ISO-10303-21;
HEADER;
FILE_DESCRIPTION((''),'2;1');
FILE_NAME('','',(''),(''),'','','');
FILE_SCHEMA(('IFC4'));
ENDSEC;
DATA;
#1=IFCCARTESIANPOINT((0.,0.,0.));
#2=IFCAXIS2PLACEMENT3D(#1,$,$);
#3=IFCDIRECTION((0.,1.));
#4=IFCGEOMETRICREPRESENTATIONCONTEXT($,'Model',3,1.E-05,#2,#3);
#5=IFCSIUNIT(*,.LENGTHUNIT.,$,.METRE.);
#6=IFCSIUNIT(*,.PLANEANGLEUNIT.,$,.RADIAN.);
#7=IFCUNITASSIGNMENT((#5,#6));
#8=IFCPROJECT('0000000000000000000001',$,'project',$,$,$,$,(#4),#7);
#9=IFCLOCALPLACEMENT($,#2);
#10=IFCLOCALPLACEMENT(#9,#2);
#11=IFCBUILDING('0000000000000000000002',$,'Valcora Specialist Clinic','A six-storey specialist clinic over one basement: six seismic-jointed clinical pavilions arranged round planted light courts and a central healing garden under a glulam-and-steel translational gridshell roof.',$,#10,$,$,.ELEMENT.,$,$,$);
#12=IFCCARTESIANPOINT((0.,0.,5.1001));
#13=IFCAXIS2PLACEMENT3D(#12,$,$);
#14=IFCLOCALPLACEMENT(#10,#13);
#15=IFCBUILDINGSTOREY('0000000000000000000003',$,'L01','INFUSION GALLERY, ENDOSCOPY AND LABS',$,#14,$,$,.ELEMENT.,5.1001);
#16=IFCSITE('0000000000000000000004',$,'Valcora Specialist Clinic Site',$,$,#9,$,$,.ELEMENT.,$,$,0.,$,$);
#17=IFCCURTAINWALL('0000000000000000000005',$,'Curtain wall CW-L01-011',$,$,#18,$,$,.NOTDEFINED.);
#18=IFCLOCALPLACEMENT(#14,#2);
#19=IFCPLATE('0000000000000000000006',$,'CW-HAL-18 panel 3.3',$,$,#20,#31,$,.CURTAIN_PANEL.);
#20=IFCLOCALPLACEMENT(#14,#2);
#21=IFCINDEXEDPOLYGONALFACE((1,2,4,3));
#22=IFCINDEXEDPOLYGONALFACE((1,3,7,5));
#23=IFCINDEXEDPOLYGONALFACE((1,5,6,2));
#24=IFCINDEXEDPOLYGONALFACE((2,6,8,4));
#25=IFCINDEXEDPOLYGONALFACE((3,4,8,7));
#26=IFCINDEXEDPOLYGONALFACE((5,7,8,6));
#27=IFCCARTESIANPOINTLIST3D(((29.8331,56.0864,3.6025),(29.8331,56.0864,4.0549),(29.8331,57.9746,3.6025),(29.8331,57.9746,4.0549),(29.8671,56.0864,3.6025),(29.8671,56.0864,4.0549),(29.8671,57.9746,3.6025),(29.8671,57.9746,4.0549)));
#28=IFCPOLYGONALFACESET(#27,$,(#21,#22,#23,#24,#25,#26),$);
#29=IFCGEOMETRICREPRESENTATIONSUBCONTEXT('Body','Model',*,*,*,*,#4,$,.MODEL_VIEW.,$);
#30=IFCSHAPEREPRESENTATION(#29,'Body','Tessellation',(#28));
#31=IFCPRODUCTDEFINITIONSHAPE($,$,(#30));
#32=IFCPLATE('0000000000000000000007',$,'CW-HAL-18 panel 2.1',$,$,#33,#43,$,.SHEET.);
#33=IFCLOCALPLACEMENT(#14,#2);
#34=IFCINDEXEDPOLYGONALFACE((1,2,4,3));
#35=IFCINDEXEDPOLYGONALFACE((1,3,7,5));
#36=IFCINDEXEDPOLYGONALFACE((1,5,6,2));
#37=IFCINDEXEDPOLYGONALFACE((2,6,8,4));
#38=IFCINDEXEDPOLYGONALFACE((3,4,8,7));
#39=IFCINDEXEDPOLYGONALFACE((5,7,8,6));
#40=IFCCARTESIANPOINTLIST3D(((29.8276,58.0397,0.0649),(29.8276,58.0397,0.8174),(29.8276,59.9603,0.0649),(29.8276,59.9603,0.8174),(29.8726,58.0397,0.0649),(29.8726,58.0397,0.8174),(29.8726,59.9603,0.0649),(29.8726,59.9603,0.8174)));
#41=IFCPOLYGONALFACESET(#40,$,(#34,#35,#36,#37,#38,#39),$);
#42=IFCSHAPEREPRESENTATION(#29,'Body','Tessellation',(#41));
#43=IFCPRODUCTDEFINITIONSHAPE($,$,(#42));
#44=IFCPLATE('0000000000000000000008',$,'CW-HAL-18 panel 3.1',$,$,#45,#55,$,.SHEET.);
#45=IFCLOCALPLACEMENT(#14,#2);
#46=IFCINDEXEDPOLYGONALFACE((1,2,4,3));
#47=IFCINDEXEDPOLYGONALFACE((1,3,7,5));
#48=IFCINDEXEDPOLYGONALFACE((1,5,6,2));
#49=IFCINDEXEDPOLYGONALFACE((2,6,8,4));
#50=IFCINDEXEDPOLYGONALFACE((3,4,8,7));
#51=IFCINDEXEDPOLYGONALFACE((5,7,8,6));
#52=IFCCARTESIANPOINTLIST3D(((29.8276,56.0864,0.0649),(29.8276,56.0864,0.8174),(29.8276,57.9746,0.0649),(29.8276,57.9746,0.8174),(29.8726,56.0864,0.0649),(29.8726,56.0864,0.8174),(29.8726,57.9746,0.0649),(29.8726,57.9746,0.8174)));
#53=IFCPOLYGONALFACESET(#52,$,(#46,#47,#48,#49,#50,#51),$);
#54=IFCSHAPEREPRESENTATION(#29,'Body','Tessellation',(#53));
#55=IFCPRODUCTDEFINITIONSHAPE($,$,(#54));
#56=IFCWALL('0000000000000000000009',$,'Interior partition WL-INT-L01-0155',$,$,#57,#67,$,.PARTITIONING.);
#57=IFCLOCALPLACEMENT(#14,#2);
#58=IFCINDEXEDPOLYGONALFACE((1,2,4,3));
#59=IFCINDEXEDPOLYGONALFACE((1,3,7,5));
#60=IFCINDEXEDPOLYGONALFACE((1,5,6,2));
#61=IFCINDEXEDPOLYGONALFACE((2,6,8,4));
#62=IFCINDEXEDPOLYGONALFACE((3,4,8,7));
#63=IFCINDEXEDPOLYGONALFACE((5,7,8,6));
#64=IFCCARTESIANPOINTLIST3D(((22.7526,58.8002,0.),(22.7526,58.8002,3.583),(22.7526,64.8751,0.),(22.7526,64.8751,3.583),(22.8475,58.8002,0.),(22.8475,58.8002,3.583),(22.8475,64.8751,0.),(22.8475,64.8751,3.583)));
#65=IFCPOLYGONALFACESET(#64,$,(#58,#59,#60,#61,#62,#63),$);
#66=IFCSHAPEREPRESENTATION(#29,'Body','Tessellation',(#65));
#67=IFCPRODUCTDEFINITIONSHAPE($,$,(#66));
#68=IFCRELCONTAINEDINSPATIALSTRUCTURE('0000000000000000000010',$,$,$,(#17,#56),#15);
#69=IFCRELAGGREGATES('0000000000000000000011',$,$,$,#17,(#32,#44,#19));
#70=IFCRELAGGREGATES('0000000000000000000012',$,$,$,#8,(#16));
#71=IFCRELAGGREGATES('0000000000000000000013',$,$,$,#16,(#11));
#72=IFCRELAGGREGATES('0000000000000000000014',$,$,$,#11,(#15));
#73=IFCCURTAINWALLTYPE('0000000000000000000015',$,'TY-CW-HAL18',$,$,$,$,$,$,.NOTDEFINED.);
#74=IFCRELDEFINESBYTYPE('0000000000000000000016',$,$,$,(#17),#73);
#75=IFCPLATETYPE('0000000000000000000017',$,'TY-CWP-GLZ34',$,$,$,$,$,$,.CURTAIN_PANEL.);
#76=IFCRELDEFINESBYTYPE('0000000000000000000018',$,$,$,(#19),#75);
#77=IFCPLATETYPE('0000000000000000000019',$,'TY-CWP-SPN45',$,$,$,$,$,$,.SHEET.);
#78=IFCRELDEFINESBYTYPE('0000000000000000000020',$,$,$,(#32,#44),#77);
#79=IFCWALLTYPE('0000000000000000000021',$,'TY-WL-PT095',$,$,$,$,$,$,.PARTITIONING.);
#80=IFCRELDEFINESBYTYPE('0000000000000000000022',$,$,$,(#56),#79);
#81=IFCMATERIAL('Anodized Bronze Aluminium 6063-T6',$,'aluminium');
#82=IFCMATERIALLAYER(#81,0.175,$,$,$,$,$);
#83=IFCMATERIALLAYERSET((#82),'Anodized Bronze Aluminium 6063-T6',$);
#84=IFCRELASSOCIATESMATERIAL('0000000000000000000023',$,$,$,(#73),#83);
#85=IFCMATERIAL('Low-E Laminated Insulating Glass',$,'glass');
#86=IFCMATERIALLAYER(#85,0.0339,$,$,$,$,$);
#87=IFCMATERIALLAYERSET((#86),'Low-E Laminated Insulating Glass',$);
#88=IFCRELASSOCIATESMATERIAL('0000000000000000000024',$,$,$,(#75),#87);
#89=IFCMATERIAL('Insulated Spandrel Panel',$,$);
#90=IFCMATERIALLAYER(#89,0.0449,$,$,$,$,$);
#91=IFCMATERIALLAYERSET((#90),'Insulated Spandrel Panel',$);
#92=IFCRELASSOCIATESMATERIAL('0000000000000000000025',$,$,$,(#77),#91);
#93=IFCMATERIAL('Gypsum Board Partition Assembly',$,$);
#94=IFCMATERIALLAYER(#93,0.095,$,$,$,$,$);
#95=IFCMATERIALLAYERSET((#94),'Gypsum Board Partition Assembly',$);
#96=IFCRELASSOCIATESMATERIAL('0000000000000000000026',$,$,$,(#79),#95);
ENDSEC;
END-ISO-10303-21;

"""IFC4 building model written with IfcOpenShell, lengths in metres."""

from ifc_helpers import new_model, si_unit, direction, frame, frame_2d, origin, origin_2d, place, context, subcontext, project, spatial, rectangle, extrude, material, layer, layer_set, type_object, element, aggregate, save


model = new_model("IFC4")

# Units and contexts
model_context = context("Model", 3, precision=1e-05, world=origin(), true_north=direction((0.0, 1.0)))
body_context = subcontext(model_context, "Body", "Model", "MODEL_VIEW")
ifc_project = project(units=[si_unit("LENGTHUNIT", "METRE"), si_unit("PLANEANGLEUNIT", "RADIAN")], contexts=[model_context])

# Site, building, storey
site_placement = place(None, origin())
site = spatial("IfcSite", under=ifc_project, at=site_placement, Name="Valcora Specialist Clinic Site", CompositionType="ELEMENT", RefElevation=0.0)
building_placement = place(site_placement, origin())
building = spatial("IfcBuilding", under=site, at=building_placement, Name="Valcora Specialist Clinic", Description="A six-storey specialist clinic over one basement: six seismic-jointed clinical pavilions arranged round planted light courts and a central healing garden under a glulam-and-steel translational gridshell roof.", CompositionType="ELEMENT")
storey_placement = place(building_placement, frame((0.0, 0.0, 5.1001)))
storey = spatial("IfcBuildingStorey", under=building, at=storey_placement, Name="L01", Description="INFUSION GALLERY, ENDOSCOPY AND LABS", CompositionType="ELEMENT", Elevation=5.1001)

# Curtain wall
ifc_material_1 = material(Name="Anodized Bronze Aluminium 6063-T6", Category="aluminium")
ifc_layer_1 = layer(ifc_material_1, 0.175)
ifc_layer_set_1 = layer_set([ifc_layer_1], Name="Anodized Bronze Aluminium 6063-T6")
curtain_wall_type = type_object("IfcCurtainWallType", Name="TY-CW-HAL18", PredefinedType="NOTDEFINED", material=ifc_layer_set_1)
curtain_wall_1_placement = place(storey_placement, origin())
curtain_wall_1 = element("IfcCurtainWall", 1, at=curtain_wall_1_placement, inside=storey, type_object=curtain_wall_type, Name="Curtain wall CW-L01-011", PredefinedType="NOTDEFINED")

# Plates
ifc_material_2 = material(Name="Low-E Laminated Insulating Glass", Category="glass")
ifc_layer_2 = layer(ifc_material_2, 0.0339)
ifc_layer_set_2 = layer_set([ifc_layer_2], Name="Low-E Laminated Insulating Glass")
plate_type_1 = type_object("IfcPlateType", Name="TY-CWP-GLZ34", PredefinedType="CURTAIN_PANEL", material=ifc_layer_set_2)
plate_1_placement = place(storey_placement, frame((29.8501, 57.0305, 3.6025), z_axis=(0.0, 0.0, 1.0), x_axis=(0.0, -1.0, 0.0)))
plate_1 = element("IfcPlate", 2, at=plate_1_placement, type_object=plate_type_1, Name="CW-HAL-18 panel 3.3", PredefinedType="CURTAIN_PANEL", context=body_context, shape_type="SweptSolid", body=[
    extrude(rectangle(XDim=1.8882, YDim=0.0339, at=origin_2d()), origin(), (0.0, 0.0, 1.0), 0.4524),
])
ifc_material_3 = material(Name="Insulated Spandrel Panel")
ifc_layer_3 = layer(ifc_material_3, 0.0449)
ifc_layer_set_3 = layer_set([ifc_layer_3], Name="Insulated Spandrel Panel")
plate_type_2 = type_object("IfcPlateType", Name="TY-CWP-SPN45", PredefinedType="SHEET", material=ifc_layer_set_3)
plate_2_placement = place(storey_placement, frame((29.8501, 59.0, 0.0649), z_axis=(0.0, 0.0, 1.0), x_axis=(0.0, -1.0, 0.0)))
plate_2 = element("IfcPlate", 3, at=plate_2_placement, type_object=plate_type_2, Name="CW-HAL-18 panel 2.1", PredefinedType="SHEET", context=body_context, shape_type="SweptSolid", body=[
    extrude(rectangle(XDim=1.9207, YDim=0.0449, at=origin_2d()), origin(), (0.0, 0.0, 1.0), 0.7524),
])
plate_3_placement = place(storey_placement, frame((29.8501, 57.0305, 0.0649), z_axis=(0.0, 0.0, 1.0), x_axis=(0.0, -1.0, 0.0)))
plate_3 = element("IfcPlate", 4, at=plate_3_placement, type_object=plate_type_2, Name="CW-HAL-18 panel 3.1", PredefinedType="SHEET", context=body_context, shape_type="SweptSolid", body=[
    extrude(rectangle(XDim=1.8882, YDim=0.0449, at=origin_2d()), origin(), (0.0, 0.0, 1.0), 0.7524),
])
aggregate(curtain_wall_1, [plate_2, plate_3, plate_1])

# Wall
ifc_material_4 = material(Name="Gypsum Board Partition Assembly")
ifc_layer_4 = layer(ifc_material_4, 0.095)
ifc_layer_set_4 = layer_set([ifc_layer_4], Name="Gypsum Board Partition Assembly")
wall_type = type_object("IfcWallType", Name="TY-WL-PT095", PredefinedType="PARTITIONING", material=ifc_layer_set_4)
wall_placement = place(storey_placement, frame((22.8, 58.8, 0.0), z_axis=(0.0, 0.0, 1.0), x_axis=(0.0, 1.0, 0.0)))
element("IfcWall", 5, at=wall_placement, inside=storey, type_object=wall_type, Name="Interior partition WL-INT-L01-0155", PredefinedType="PARTITIONING", context=body_context, shape_type="SweptSolid", body=[
    extrude(rectangle(XDim=6.075, YDim=0.095, at=frame_2d((3.0376, 0.0))), origin(), (0.0, 0.0, 1.0), 3.583),
])

save(model, "model.ifc")
